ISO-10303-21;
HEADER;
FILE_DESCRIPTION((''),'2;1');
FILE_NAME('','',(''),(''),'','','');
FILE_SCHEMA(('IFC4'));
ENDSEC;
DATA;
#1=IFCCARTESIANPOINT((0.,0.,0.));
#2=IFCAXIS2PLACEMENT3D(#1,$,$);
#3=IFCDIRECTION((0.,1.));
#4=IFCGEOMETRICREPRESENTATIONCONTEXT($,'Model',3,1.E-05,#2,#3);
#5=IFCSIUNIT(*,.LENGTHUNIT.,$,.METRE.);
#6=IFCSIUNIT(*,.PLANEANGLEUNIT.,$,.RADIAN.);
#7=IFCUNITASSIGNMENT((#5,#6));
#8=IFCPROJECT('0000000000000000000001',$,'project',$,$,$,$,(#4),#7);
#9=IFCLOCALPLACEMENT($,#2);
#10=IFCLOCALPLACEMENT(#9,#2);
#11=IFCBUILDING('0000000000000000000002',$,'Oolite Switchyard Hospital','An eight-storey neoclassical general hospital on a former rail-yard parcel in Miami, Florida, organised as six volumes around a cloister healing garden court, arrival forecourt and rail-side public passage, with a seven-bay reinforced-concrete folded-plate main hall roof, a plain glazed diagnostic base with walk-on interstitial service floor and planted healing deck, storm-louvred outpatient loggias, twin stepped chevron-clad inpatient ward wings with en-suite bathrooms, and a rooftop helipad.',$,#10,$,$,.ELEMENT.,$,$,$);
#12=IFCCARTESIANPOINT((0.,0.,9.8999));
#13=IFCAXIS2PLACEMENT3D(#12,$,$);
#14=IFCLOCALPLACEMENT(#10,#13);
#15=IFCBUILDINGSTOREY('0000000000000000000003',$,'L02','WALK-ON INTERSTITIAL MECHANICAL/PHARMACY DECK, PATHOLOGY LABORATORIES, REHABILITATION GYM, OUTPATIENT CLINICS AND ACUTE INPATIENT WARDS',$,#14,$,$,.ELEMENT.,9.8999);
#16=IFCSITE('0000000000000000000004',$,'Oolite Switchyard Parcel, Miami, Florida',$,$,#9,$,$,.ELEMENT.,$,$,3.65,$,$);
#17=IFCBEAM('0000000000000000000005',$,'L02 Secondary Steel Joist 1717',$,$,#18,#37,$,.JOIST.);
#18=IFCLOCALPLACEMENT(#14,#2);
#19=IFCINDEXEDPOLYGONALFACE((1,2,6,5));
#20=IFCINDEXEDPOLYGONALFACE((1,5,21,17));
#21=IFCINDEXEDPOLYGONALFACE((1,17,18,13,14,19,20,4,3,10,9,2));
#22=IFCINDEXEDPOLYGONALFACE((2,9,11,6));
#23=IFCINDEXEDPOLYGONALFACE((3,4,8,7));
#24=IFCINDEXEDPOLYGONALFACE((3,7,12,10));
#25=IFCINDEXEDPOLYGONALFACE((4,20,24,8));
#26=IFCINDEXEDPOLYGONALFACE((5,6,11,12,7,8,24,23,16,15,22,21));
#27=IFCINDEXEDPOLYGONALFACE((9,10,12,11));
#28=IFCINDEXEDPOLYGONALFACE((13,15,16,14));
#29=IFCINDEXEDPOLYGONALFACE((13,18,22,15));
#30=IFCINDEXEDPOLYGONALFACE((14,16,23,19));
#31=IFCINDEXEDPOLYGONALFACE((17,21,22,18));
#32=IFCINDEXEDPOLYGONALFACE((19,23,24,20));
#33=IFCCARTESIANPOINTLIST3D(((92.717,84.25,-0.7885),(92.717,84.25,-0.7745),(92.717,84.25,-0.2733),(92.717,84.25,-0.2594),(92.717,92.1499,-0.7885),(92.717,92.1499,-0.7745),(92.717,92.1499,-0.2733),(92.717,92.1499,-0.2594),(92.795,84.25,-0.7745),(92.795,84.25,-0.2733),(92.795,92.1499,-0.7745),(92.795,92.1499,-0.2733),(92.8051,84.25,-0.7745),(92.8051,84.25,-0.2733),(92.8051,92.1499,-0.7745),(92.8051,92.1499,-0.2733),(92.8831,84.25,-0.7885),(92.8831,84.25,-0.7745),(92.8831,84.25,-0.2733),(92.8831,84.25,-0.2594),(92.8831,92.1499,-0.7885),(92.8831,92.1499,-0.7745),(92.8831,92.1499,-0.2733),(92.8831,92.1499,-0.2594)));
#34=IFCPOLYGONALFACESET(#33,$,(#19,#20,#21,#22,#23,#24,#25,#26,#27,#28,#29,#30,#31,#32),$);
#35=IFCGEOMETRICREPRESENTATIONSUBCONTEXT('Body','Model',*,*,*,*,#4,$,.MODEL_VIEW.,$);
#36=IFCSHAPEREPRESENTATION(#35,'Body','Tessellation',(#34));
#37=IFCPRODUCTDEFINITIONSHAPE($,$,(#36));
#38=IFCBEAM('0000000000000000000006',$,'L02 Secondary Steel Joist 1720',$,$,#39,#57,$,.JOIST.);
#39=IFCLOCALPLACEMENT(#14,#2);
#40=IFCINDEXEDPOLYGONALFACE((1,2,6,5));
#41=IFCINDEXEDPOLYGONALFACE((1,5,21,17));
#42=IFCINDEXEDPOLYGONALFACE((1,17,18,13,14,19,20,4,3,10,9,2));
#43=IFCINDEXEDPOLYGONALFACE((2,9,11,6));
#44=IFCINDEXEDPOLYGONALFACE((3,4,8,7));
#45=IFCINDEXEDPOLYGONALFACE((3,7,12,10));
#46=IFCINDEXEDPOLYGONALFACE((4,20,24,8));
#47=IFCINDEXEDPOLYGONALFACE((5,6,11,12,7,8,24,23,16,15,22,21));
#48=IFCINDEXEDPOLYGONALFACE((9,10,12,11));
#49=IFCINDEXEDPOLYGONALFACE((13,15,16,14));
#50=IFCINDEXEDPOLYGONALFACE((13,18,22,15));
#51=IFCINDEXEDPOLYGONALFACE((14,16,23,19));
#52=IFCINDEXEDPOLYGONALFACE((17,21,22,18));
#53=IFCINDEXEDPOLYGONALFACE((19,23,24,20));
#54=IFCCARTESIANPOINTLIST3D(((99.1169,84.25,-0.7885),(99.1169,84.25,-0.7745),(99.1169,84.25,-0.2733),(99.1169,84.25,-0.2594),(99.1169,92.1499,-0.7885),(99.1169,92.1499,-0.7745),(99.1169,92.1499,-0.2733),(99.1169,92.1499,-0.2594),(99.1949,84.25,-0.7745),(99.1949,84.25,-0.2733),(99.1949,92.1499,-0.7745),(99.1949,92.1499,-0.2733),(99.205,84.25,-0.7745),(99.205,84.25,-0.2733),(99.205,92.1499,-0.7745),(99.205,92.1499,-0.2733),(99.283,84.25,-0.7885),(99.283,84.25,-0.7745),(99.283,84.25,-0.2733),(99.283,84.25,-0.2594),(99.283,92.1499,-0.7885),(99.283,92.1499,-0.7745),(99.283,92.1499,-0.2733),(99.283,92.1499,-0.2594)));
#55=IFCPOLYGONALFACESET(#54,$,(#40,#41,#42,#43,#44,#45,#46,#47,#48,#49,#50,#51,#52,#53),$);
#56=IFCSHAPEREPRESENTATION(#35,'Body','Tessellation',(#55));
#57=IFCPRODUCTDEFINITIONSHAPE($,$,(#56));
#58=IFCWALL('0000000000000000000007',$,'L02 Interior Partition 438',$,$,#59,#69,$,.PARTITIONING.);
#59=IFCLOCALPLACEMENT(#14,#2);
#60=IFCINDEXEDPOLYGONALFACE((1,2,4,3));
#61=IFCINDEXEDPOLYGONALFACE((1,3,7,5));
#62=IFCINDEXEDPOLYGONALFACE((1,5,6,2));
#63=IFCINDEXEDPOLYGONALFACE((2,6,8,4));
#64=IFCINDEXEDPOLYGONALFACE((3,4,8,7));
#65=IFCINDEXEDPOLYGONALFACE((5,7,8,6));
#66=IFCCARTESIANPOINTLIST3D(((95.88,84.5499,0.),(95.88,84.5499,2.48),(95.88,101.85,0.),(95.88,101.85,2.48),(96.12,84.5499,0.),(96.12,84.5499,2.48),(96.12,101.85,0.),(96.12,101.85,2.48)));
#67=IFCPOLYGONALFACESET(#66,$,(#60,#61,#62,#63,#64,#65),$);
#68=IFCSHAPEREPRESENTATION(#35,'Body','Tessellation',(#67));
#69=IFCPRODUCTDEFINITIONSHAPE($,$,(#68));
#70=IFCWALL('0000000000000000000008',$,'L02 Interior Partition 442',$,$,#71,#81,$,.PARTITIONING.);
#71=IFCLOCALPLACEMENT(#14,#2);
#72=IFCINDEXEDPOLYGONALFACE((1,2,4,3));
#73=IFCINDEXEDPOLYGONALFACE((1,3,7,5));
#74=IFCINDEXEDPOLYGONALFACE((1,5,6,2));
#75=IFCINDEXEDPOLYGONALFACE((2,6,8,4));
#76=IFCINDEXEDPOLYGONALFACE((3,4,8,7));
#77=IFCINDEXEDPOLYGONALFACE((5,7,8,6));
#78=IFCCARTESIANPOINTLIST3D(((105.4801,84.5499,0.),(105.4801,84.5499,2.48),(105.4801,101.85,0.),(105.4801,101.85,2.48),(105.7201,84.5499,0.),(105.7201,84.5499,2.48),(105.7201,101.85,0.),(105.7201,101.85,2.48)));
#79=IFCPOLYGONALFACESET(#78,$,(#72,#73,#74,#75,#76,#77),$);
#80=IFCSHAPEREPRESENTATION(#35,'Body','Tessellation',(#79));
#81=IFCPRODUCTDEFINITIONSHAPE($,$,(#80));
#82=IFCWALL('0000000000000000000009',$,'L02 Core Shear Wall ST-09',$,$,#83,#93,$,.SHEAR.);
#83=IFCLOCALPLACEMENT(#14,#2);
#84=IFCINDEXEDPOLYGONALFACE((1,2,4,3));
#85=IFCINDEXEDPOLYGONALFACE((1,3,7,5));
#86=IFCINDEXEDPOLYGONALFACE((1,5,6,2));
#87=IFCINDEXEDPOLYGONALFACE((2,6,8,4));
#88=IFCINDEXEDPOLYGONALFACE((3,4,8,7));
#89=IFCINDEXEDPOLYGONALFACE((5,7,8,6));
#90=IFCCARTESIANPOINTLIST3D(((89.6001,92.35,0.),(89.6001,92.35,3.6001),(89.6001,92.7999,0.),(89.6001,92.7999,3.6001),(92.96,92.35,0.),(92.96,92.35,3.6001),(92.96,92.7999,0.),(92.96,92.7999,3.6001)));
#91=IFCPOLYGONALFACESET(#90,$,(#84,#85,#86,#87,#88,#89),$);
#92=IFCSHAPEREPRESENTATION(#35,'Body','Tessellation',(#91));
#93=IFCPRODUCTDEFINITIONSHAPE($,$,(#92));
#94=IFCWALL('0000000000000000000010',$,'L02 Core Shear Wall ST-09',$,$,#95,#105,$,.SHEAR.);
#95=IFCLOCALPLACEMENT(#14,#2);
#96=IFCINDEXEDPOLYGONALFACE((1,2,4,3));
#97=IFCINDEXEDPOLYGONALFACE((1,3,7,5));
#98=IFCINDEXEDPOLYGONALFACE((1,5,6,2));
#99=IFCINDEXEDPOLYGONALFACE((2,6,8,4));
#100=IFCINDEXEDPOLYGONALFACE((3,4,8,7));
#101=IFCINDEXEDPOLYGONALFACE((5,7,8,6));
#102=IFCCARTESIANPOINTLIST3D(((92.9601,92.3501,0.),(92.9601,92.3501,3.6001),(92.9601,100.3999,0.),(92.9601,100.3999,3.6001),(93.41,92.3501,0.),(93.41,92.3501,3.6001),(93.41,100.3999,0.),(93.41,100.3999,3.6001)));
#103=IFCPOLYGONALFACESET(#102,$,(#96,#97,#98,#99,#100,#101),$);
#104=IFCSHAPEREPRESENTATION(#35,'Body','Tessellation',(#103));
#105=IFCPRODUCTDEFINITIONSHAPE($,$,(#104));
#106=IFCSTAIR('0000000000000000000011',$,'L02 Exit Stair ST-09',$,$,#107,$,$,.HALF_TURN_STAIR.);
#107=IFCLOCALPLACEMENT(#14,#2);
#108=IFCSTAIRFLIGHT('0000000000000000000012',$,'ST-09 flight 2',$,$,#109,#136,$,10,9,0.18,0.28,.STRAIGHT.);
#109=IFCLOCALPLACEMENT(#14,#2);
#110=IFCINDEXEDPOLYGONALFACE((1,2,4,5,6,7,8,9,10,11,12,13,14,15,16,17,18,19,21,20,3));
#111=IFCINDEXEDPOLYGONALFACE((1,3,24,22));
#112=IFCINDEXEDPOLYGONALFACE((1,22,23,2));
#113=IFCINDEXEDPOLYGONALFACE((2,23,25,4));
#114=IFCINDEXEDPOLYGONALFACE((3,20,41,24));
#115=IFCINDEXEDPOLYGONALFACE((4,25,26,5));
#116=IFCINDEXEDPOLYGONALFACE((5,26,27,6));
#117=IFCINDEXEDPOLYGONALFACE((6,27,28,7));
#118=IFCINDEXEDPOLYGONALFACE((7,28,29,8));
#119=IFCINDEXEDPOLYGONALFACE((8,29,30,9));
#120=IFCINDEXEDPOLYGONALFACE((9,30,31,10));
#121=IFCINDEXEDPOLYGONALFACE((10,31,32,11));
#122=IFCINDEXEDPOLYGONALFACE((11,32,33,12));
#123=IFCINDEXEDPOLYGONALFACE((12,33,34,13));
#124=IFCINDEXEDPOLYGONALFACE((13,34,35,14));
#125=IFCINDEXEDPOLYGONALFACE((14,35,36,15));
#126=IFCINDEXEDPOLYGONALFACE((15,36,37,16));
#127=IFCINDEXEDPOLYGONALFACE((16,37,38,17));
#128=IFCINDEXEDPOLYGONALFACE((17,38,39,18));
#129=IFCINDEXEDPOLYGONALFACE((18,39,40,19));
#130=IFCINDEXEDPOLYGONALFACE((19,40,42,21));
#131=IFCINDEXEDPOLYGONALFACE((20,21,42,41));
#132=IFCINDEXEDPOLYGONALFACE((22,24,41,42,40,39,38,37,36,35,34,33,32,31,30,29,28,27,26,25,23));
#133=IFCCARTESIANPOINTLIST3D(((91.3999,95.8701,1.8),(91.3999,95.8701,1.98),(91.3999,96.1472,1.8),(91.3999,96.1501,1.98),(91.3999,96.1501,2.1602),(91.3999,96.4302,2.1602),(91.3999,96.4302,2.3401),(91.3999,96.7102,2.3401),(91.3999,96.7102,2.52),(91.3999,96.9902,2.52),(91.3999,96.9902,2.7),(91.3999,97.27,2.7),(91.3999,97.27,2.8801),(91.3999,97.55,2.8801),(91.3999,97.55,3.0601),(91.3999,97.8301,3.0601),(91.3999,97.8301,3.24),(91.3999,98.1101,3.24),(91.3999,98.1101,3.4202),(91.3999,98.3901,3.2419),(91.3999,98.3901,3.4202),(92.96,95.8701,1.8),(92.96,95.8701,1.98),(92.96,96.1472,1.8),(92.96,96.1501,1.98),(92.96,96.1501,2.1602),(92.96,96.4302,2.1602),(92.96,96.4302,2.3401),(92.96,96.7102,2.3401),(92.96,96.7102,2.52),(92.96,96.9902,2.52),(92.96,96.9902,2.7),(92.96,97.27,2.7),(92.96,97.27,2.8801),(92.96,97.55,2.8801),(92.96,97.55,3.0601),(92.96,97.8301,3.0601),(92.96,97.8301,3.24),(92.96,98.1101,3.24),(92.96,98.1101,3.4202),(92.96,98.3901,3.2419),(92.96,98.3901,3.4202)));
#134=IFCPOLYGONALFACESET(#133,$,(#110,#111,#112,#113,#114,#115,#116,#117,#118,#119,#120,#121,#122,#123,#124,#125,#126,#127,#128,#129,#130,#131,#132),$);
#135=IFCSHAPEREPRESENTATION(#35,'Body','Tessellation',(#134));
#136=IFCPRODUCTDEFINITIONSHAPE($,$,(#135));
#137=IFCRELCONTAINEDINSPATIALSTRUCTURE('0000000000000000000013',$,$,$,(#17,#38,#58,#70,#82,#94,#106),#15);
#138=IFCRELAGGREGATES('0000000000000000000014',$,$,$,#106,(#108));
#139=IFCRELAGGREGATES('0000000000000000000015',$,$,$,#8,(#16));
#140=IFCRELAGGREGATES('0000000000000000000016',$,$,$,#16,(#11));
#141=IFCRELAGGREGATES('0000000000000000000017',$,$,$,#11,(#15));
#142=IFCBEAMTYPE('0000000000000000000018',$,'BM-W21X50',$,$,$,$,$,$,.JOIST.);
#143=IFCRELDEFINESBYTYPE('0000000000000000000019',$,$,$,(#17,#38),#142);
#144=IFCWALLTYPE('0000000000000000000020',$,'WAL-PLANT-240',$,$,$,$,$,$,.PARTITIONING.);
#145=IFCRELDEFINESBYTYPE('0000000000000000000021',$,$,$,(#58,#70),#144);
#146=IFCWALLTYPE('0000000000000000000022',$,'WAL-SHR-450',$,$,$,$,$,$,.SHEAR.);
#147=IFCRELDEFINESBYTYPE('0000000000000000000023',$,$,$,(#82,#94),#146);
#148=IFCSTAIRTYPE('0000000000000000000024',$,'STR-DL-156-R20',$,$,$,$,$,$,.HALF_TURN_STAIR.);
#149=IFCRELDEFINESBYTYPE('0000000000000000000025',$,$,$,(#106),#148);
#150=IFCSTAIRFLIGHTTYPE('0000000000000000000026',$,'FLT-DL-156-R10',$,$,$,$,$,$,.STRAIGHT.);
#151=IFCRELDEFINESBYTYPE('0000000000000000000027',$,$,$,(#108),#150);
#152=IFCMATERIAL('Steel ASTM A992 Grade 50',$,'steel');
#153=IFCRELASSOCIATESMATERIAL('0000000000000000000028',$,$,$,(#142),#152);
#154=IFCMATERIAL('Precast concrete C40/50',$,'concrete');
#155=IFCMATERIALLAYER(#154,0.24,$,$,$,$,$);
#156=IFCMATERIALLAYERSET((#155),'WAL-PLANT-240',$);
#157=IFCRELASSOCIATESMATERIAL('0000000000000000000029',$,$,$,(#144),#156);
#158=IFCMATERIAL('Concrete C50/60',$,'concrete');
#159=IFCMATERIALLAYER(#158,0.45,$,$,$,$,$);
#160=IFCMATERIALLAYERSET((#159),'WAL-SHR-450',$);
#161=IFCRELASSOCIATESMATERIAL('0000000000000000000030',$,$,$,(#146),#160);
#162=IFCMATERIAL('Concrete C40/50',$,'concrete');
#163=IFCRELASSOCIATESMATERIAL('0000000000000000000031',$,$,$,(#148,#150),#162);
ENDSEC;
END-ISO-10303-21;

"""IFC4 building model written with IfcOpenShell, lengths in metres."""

from ifc_helpers import new_model, si_unit, direction, frame, frame_2d, origin, origin_2d, place, context, subcontext, project, spatial, polyline, rectangle, i_section, outline, extrude, material, layer, layer_set, material_profile, profile_set, type_object, element, aggregate, save


model = new_model("IFC4")

# Units and contexts
model_context = context("Model", 3, precision=1e-05, world=origin(), true_north=direction((0.0, 1.0)))
body_context = subcontext(model_context, "Body", "Model", "MODEL_VIEW")
ifc_project = project(units=[si_unit("LENGTHUNIT", "METRE"), si_unit("PLANEANGLEUNIT", "RADIAN")], contexts=[model_context])

# Site, building, storey
site_placement = place(None, origin())
site = spatial("IfcSite", under=ifc_project, at=site_placement, Name="Oolite Switchyard Parcel, Miami, Florida", CompositionType="ELEMENT", RefElevation=3.65)
building_placement = place(site_placement, origin())
building = spatial("IfcBuilding", under=site, at=building_placement, Name="Oolite Switchyard Hospital", Description="An eight-storey neoclassical general hospital on a former rail-yard parcel in Miami, Florida, organised as six volumes around a cloister healing garden court, arrival forecourt and rail-side public passage, with a seven-bay reinforced-concrete folded-plate main hall roof, a plain glazed diagnostic base with walk-on interstitial service floor and planted healing deck, storm-louvred outpatient loggias, twin stepped chevron-clad inpatient ward wings with en-suite bathrooms, and a rooftop helipad.", CompositionType="ELEMENT")
storey_placement = place(building_placement, frame((0.0, 0.0, 9.8999)))
storey = spatial("IfcBuildingStorey", under=building, at=storey_placement, Name="L02", Description="WALK-ON INTERSTITIAL MECHANICAL/PHARMACY DECK, PATHOLOGY LABORATORIES, REHABILITATION GYM, OUTPATIENT CLINICS AND ACUTE INPATIENT WARDS", CompositionType="ELEMENT", Elevation=9.8999)

# Shared definitions
ifc_material_1 = material(Name="Steel ASTM A992 Grade 50", Category="steel")

# Beams
ifc_material_2 = material(Name="Concrete C40/50", Category="concrete")
ifc_material_profile_1 = material_profile(ifc_material_1, i_section(OverallWidth=0.166, OverallDepth=0.5291, WebThickness=0.01, FlangeThickness=0.0139, at=origin_2d()), Name="W21X50")
ifc_profile_set_1 = profile_set([ifc_material_profile_1], Name="Steel ASTM A992 Grade 50")
beam_type_1 = type_object("IfcBeamType", Name="BM-W21X50", PredefinedType="JOIST", material=ifc_profile_set_1)
for number, where, z_axis, x_axis, name in (
    (1, (92.8, 84.25, -0.5239), (0.0, 1.0, 0.0), (-1.0, 0.0, 0.0), "L02 Secondary Steel Joist 1717"),
    (2, (99.2, 84.25, -0.5239), (0.0, 1.0, 0.0), (-1.0, 0.0, 0.0), "L02 Secondary Steel Joist 1720"),
):
    element("IfcBeam", number, at=place(storey_placement, frame(where, z_axis=z_axis, x_axis=x_axis)), inside=storey, type_object=beam_type_1, Name=name, PredefinedType="JOIST", context=body_context, shape_type="SweptSolid", body=[
        extrude(i_section(OverallWidth=0.166, OverallDepth=0.5291, WebThickness=0.01, FlangeThickness=0.0139, at=origin_2d()), origin(), (0.0, 0.0, 1.0), 7.8999),
    ])

# Walls
ifc_material_3 = material(Name="Precast concrete C40/50", Category="concrete")
ifc_layer_1 = layer(ifc_material_3, 0.24)
ifc_layer_set_1 = layer_set([ifc_layer_1], Name="WAL-PLANT-240")
wall_type_1 = type_object("IfcWallType", Name="WAL-PLANT-240", PredefinedType="PARTITIONING", material=ifc_layer_set_1)
for number, where, z_axis, x_axis, name in (
    (3, (96.0, 84.55, 0.0), (0.0, 0.0, 1.0), (0.0, 1.0, 0.0), "L02 Interior Partition 438"),
    (4, (105.6001, 84.55, 0.0), (0.0, 0.0, 1.0), (0.0, 1.0, 0.0), "L02 Interior Partition 442"),
):
    element("IfcWall", number, at=place(storey_placement, frame(where, z_axis=z_axis, x_axis=x_axis)), inside=storey, type_object=wall_type_1, Name=name, PredefinedType="PARTITIONING", context=body_context, shape_type="SweptSolid", body=[
        extrude(rectangle(XDim=17.3, YDim=0.24, at=frame_2d((8.6499, 0.0))), origin(), (0.0, 0.0, 1.0), 2.48),
    ])
ifc_material_4 = material(Name="Concrete C50/60", Category="concrete")
ifc_layer_2 = layer(ifc_material_4, 0.45)
ifc_layer_set_2 = layer_set([ifc_layer_2], Name="WAL-SHR-450")
wall_type_2 = type_object("IfcWallType", Name="WAL-SHR-450", PredefinedType="SHEAR", material=ifc_layer_set_2)
wall_1_placement = place(storey_placement, frame((89.6001, 92.575, 0.0), z_axis=(0.0, 0.0, 1.0), x_axis=(1.0, 0.0, 0.0)))
element("IfcWall", 5, at=wall_1_placement, inside=storey, type_object=wall_type_2, Name="L02 Core Shear Wall ST-09", PredefinedType="SHEAR", context=body_context, shape_type="SweptSolid", body=[
    extrude(rectangle(XDim=3.3599, YDim=0.45, at=frame_2d((1.6799, 0.0))), origin(), (0.0, 0.0, 1.0), 3.6001),
])
wall_2_placement = place(storey_placement, frame((93.1851, 92.3501, 0.0), z_axis=(0.0, 0.0, 1.0), x_axis=(0.0, 1.0, 0.0)))
element("IfcWall", 6, at=wall_2_placement, inside=storey, type_object=wall_type_2, Name="L02 Core Shear Wall ST-09", PredefinedType="SHEAR", context=body_context, shape_type="SweptSolid", body=[
    extrude(rectangle(XDim=8.0498, YDim=0.45, at=frame_2d((4.0249, 0.0))), origin(), (0.0, 0.0, 1.0), 3.6001),
])

# Stair, stair flight
stair_type = type_object("IfcStairType", Name="STR-DL-156-R20", PredefinedType="HALF_TURN_STAIR", material=ifc_material_2)
stair_placement = place(storey_placement, origin())
stair = element("IfcStair", 7, at=stair_placement, inside=storey, type_object=stair_type, Name="L02 Exit Stair ST-09", PredefinedType="HALF_TURN_STAIR")
stair_flight_type = type_object("IfcStairFlightType", Name="FLT-DL-156-R10", PredefinedType="STRAIGHT", material=ifc_material_2)
stair_flight_placement = place(storey_placement, frame((92.1799, 95.8701, 1.8), z_axis=(0.0, 0.0, 1.0), x_axis=(0.0, 1.0, 0.0)))
stair_flight = element("IfcStairFlight", 8, at=stair_flight_placement, type_object=stair_flight_type, Name="ST-09 flight 2", NumberOfRisers=10, NumberOfTreads=9, PredefinedType="STRAIGHT", RiserHeight=0.18, TreadLength=0.28, context=body_context, shape_type="SweptSolid", body=[
    extrude(outline(polyline([(0.0, 0.0), (0.0, 0.1799), (0.28, 0.1799), (0.28, 0.3601), (0.5601, 0.3601), (0.5601, 0.54), (0.8401, 0.54), (0.8401, 0.72), (1.1201, 0.72), (1.1201, 0.8999), (1.3999, 0.8999), (1.3999, 1.0801), (1.6799, 1.0801), (1.6799, 1.26), (1.96, 1.26), (1.96, 1.4399), (2.24, 1.4399), (2.24, 1.6201), (2.52, 1.6201), (2.52, 1.8), (2.52, 1.4419), (0.2771, 0.0), (0.0, 0.0)])), frame((0.0, 0.78, 0.0), z_axis=(0.0, -1.0, 0.0), x_axis=(1.0, 0.0, 0.0)), (0.0, 0.0, 1.0), 1.5601),
])
aggregate(stair, [stair_flight])

save(model, "model.ifc")
